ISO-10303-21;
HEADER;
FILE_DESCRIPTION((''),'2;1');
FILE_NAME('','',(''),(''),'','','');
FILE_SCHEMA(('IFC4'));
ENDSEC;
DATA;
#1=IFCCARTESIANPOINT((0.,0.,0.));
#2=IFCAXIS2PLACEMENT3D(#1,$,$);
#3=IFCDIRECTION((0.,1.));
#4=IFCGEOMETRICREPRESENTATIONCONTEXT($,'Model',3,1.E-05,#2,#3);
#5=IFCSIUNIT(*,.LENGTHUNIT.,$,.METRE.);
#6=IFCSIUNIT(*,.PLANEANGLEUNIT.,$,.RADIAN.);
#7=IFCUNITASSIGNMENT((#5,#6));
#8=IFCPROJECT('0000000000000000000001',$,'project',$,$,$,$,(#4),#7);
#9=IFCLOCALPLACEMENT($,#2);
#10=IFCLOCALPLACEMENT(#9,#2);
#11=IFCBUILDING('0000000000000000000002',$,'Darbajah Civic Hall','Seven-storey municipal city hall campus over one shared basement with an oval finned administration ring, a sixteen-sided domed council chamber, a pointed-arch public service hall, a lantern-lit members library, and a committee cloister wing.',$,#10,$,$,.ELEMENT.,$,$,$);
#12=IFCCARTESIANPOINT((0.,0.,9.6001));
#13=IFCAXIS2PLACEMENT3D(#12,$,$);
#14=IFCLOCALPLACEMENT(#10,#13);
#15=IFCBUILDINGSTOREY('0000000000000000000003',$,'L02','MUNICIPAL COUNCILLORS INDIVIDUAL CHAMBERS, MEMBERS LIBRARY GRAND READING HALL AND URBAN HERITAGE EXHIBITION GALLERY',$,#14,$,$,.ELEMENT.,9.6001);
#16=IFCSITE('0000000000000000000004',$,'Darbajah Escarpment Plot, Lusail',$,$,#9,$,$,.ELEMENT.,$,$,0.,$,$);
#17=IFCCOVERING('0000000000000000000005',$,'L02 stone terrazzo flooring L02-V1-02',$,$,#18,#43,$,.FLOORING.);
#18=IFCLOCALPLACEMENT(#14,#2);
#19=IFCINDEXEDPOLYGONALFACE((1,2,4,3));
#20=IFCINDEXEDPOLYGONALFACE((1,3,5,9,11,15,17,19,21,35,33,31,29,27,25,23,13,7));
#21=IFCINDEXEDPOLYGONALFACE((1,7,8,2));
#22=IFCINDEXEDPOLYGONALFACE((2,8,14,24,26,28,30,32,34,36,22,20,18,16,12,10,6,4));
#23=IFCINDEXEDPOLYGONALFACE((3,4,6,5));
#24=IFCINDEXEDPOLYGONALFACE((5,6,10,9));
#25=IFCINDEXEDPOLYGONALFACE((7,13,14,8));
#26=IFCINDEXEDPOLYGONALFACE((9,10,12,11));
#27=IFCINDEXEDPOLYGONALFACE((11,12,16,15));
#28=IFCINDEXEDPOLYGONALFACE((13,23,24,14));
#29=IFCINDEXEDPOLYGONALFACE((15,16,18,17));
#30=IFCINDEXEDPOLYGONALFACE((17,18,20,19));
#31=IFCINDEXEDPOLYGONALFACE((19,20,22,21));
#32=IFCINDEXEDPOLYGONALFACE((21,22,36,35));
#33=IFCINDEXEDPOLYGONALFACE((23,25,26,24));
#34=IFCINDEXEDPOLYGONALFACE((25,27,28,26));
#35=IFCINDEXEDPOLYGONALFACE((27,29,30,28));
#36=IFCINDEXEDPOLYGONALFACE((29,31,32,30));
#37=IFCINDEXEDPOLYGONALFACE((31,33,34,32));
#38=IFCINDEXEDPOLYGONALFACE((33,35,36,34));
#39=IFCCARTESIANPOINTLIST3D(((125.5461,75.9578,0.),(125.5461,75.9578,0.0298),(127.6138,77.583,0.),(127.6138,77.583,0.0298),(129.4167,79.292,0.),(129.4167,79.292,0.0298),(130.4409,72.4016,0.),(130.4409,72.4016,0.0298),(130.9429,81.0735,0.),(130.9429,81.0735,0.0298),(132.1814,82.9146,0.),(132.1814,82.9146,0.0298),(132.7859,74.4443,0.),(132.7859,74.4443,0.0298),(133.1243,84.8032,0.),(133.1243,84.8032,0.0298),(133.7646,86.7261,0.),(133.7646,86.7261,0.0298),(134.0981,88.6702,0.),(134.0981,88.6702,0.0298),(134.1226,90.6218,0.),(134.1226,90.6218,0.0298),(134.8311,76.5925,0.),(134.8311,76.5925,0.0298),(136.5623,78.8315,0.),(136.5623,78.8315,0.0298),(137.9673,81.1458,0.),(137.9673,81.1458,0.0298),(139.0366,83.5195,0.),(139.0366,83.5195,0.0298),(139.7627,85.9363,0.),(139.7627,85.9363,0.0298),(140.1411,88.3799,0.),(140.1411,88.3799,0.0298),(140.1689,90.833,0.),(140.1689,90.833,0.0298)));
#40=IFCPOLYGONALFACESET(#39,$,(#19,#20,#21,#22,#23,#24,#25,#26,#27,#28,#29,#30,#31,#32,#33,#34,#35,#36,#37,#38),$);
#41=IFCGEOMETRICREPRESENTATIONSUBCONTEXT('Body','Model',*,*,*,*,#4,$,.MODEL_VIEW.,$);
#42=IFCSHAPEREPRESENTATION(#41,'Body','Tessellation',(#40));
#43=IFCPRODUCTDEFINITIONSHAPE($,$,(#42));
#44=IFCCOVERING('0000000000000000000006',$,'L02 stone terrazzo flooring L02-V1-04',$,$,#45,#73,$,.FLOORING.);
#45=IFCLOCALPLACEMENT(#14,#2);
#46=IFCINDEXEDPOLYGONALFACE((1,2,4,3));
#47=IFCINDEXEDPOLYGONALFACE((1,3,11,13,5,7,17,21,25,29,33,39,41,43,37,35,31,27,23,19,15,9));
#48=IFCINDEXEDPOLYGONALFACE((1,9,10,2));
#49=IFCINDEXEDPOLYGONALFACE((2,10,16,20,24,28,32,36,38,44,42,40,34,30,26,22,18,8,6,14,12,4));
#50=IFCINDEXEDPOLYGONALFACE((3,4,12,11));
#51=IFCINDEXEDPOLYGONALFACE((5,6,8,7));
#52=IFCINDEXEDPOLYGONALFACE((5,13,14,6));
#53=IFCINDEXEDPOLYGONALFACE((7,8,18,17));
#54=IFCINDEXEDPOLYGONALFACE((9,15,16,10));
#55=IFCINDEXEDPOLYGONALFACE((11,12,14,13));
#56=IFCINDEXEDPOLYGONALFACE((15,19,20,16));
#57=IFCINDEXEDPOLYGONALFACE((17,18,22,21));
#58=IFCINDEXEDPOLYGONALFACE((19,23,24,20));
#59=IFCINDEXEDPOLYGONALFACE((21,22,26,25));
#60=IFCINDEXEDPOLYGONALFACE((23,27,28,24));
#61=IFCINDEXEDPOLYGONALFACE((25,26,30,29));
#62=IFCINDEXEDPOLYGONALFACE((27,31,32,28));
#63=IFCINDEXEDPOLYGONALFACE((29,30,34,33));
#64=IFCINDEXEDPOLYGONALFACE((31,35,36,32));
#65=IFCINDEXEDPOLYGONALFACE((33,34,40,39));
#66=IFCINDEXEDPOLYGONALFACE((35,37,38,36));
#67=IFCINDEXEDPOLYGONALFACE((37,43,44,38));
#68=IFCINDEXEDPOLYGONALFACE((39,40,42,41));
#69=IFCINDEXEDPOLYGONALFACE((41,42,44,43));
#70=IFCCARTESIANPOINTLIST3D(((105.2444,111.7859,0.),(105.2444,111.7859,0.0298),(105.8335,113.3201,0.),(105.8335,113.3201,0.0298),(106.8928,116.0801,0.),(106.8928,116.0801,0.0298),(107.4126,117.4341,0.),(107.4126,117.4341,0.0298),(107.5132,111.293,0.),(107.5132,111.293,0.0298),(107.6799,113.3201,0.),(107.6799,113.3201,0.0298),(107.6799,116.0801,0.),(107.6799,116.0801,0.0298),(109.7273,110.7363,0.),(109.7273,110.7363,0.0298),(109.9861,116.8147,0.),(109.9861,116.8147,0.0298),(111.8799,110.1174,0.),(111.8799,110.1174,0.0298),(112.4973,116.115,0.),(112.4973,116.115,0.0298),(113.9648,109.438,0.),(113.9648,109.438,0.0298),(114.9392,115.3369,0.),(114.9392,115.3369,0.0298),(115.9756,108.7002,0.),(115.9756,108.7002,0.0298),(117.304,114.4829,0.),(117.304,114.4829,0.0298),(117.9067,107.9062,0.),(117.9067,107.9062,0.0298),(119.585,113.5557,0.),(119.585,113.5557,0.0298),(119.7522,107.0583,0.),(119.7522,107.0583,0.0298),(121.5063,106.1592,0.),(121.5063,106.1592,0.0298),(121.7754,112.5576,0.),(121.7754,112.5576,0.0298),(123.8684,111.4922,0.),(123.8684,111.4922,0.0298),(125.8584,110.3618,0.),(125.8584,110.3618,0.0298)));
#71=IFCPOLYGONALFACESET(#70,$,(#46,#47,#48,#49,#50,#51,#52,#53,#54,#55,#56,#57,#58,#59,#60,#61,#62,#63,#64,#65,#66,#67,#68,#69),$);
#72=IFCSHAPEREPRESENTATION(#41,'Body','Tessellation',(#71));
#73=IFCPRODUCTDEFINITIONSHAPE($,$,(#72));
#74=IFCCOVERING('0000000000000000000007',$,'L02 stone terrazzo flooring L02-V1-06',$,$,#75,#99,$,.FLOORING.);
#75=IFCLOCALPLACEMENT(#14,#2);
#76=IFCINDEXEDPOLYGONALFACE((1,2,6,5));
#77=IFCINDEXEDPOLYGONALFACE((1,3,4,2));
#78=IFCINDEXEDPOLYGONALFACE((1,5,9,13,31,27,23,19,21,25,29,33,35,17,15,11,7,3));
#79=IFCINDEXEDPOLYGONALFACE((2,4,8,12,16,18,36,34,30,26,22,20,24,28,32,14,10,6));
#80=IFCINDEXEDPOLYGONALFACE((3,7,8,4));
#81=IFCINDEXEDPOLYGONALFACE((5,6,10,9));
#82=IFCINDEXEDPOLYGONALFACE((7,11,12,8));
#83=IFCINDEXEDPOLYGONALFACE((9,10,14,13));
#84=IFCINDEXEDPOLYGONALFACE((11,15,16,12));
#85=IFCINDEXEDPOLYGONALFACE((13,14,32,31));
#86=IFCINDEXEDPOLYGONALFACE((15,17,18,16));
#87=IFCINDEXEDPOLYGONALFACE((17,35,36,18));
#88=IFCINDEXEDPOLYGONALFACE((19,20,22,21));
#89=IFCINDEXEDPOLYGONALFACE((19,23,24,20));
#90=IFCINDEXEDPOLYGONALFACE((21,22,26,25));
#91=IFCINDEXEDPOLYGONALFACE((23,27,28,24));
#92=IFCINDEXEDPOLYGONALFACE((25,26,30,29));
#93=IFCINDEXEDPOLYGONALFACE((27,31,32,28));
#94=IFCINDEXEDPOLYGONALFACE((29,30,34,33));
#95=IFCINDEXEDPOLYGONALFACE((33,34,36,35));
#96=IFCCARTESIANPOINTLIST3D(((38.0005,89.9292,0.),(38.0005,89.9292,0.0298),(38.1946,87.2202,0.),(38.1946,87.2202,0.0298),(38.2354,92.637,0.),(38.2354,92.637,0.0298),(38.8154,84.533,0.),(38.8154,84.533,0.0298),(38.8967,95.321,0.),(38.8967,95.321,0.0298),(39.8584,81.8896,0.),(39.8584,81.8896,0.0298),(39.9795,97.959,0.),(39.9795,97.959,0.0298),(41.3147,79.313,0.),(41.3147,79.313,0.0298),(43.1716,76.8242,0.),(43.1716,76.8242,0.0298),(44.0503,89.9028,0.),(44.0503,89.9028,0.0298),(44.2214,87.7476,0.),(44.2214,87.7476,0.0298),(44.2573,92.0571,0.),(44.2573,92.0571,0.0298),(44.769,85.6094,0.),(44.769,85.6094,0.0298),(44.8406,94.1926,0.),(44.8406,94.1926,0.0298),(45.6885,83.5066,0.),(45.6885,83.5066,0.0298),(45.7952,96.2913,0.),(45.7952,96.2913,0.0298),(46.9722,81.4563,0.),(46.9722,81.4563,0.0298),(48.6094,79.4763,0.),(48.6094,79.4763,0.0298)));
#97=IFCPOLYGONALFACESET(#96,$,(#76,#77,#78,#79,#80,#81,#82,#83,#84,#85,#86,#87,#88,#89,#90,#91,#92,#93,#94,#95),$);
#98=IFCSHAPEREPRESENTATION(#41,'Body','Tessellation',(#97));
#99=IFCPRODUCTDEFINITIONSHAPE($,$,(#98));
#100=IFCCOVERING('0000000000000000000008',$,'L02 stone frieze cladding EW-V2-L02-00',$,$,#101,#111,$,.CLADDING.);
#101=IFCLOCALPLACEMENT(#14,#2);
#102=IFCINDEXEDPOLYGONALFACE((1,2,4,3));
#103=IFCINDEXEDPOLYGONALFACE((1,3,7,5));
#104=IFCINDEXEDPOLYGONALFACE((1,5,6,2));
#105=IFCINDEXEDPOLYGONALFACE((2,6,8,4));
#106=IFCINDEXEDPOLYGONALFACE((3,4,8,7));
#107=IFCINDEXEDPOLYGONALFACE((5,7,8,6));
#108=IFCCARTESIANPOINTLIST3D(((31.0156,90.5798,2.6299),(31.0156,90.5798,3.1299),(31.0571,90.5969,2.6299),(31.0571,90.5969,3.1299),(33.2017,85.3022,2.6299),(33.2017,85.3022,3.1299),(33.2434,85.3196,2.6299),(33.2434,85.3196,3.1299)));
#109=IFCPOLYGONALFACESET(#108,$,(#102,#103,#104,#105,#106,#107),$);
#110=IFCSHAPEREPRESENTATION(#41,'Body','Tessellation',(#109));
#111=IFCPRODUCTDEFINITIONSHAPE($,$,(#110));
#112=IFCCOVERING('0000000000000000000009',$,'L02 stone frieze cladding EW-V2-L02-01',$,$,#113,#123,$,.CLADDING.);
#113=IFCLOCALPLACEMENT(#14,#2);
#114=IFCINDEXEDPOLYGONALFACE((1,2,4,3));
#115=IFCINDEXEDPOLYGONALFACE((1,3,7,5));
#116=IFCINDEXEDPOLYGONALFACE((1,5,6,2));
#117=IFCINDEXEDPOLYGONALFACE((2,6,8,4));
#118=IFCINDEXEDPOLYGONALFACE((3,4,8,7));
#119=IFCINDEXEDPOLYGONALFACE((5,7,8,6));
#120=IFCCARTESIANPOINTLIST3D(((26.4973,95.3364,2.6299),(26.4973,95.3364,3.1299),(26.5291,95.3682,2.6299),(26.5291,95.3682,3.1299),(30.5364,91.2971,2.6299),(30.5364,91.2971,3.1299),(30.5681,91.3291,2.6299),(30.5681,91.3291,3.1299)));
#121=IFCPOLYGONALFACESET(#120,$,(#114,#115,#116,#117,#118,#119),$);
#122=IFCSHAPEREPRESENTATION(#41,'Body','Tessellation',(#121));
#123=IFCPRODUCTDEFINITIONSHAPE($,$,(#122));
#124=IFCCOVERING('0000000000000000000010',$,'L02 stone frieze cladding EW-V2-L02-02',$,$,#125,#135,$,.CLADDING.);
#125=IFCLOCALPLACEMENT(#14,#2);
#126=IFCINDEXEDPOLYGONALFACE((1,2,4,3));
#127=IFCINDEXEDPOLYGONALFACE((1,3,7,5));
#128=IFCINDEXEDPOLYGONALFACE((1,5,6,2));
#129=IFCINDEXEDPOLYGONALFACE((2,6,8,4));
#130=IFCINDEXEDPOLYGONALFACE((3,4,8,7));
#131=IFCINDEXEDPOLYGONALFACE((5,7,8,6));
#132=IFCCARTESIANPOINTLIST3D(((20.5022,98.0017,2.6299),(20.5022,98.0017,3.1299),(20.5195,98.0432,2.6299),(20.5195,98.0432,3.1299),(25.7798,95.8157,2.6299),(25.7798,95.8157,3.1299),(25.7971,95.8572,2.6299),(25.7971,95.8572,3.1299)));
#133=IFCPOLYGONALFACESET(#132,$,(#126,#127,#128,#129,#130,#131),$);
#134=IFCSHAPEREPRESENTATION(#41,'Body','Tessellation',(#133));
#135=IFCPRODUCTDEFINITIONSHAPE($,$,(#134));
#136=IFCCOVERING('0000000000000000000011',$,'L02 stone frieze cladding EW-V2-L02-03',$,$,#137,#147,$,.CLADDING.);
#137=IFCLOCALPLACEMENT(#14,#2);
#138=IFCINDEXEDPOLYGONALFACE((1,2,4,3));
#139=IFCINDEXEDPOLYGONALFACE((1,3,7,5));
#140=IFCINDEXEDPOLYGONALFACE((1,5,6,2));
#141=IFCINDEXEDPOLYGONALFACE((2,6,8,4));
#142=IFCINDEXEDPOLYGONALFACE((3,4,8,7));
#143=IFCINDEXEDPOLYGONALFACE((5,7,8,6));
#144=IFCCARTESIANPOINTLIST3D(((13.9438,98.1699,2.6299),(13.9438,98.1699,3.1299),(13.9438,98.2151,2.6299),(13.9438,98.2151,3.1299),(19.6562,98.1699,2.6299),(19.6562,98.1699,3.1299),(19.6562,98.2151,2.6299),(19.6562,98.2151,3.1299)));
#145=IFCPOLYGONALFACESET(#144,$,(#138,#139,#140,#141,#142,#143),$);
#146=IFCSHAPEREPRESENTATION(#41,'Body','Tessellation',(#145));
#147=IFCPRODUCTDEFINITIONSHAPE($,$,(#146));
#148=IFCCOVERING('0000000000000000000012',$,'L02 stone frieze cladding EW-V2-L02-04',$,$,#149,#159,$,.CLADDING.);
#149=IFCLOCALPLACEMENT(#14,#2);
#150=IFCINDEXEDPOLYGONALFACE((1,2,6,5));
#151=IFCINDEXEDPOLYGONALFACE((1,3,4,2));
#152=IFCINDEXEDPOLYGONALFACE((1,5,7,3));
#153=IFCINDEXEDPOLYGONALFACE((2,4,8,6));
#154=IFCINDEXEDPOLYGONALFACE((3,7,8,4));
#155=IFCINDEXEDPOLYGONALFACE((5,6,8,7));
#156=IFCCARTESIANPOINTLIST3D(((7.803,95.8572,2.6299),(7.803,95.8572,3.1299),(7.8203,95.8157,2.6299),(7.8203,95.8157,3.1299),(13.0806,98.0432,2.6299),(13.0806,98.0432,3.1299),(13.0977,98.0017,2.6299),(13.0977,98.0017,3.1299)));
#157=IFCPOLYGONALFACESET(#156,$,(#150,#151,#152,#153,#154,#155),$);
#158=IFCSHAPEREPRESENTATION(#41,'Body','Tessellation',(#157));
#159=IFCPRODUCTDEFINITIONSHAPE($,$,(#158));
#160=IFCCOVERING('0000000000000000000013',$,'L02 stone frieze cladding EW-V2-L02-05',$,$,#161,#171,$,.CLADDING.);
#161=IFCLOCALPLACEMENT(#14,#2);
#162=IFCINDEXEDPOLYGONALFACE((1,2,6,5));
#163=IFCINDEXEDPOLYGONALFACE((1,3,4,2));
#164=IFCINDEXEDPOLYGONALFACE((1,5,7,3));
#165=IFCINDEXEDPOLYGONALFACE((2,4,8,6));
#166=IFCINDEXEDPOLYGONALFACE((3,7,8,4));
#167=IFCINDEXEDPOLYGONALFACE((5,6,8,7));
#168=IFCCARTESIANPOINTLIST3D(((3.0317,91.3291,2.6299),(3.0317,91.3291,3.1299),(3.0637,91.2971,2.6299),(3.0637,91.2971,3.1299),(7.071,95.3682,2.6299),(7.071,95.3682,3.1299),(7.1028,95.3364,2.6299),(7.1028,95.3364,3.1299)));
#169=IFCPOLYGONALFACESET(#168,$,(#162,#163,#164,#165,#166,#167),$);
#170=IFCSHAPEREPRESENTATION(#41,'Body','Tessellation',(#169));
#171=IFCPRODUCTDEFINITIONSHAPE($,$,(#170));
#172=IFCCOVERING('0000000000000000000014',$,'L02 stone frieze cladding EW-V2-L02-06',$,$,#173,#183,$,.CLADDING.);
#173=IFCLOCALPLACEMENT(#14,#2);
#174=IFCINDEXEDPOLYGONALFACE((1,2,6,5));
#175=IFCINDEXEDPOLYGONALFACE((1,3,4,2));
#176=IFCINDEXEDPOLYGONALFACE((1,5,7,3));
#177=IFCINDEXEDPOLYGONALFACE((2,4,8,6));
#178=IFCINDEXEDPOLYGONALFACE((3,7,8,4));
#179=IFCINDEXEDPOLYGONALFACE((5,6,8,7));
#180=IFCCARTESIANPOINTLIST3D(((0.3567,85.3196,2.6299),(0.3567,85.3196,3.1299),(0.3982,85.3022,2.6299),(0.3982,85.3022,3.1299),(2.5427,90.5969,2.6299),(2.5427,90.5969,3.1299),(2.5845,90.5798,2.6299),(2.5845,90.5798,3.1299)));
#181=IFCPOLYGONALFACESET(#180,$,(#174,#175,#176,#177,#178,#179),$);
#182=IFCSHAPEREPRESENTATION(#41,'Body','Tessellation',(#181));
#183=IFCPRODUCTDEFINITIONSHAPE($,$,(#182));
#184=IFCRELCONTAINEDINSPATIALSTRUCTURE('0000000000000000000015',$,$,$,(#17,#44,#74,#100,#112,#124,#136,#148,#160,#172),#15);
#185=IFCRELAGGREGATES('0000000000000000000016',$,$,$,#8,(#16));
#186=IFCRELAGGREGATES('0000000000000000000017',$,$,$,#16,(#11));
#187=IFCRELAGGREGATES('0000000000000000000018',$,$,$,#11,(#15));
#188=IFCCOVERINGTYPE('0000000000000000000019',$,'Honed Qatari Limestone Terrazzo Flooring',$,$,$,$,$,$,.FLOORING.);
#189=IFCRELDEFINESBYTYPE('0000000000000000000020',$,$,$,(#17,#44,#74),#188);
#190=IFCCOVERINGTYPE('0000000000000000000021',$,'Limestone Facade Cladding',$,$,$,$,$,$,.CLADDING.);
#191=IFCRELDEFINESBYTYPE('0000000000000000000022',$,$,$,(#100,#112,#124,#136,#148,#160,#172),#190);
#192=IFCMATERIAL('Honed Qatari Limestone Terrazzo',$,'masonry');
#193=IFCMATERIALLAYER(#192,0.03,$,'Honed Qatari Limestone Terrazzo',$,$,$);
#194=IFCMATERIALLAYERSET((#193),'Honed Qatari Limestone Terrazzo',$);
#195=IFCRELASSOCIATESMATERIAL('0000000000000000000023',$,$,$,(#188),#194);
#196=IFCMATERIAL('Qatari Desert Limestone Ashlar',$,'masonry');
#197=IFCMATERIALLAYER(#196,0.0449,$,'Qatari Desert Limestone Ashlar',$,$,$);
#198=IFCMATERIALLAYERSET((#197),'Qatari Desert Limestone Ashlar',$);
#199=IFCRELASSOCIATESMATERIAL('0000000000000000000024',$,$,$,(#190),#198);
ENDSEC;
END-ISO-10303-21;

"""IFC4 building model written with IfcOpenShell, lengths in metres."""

from ifc_helpers import new_model, si_unit, direction, frame, origin, place, context, subcontext, project, spatial, polyline, outline, extrude, material, layer, layer_set, type_object, element, save


model = new_model("IFC4")

# Units and contexts
model_context = context("Model", 3, precision=1e-05, world=origin(), true_north=direction((0.0, 1.0)))
body_context = subcontext(model_context, "Body", "Model", "MODEL_VIEW")
ifc_project = project(units=[si_unit("LENGTHUNIT", "METRE"), si_unit("PLANEANGLEUNIT", "RADIAN")], contexts=[model_context])

# Site, building, storey
site_placement = place(None, origin())
site = spatial("IfcSite", under=ifc_project, at=site_placement, Name="Darbajah Escarpment Plot, Lusail", CompositionType="ELEMENT", RefElevation=0.0)
building_placement = place(site_placement, origin())
building = spatial("IfcBuilding", under=site, at=building_placement, Name="Darbajah Civic Hall", Description="Seven-storey municipal city hall campus over one shared basement with an oval finned administration ring, a sixteen-sided domed council chamber, a pointed-arch public service hall, a lantern-lit members library, and a committee cloister wing.", CompositionType="ELEMENT")
storey_placement = place(building_placement, frame((0.0, 0.0, 9.6001)))
storey = spatial("IfcBuildingStorey", under=building, at=storey_placement, Name="L02", Description="MUNICIPAL COUNCILLORS INDIVIDUAL CHAMBERS, MEMBERS LIBRARY GRAND READING HALL AND URBAN HERITAGE EXHIBITION GALLERY", CompositionType="ELEMENT", Elevation=9.6001)

# Coverings
ifc_material_1 = material(Name="Honed Qatari Limestone Terrazzo", Category="masonry")
ifc_layer_1 = layer(ifc_material_1, 0.03, Name="Honed Qatari Limestone Terrazzo")
ifc_layer_set_1 = layer_set([ifc_layer_1], Name="Honed Qatari Limestone Terrazzo")
covering_type_1 = type_object("IfcCoveringType", Name="Honed Qatari Limestone Terrazzo Flooring", PredefinedType="FLOORING", material=ifc_layer_set_1)
covering_1_placement = place(storey_placement, origin())
element("IfcCovering", 1, at=covering_1_placement, inside=storey, type_object=covering_type_1, Name="L02 stone terrazzo flooring L02-V1-02", PredefinedType="FLOORING", context=body_context, shape_type="SweptSolid", body=[
    extrude(outline(polyline([(130.4409, 72.4016), (132.7859, 74.4443), (134.8311, 76.5925), (136.5623, 78.8315), (137.9673, 81.1458), (139.0366, 83.5195), (139.7627, 85.9363), (140.1411, 88.3799), (140.1689, 90.833), (134.1226, 90.6218), (134.0981, 88.6702), (133.7646, 86.7261), (133.1243, 84.8032), (132.1814, 82.9146), (130.9429, 81.0735), (129.4167, 79.292), (127.6138, 77.583), (125.5461, 75.9578), (130.4409, 72.4016)])), origin(), (0.0, 0.0, 1.0), 0.0298),
])
covering_2_placement = place(storey_placement, origin())
element("IfcCovering", 2, at=covering_2_placement, inside=storey, type_object=covering_type_1, Name="L02 stone terrazzo flooring L02-V1-04", PredefinedType="FLOORING", context=body_context, shape_type="SweptSolid", body=[
    extrude(outline(polyline([(121.5063, 106.1592), (119.7522, 107.0583), (117.9067, 107.9062), (115.9756, 108.7002), (113.9648, 109.438), (111.8799, 110.1174), (109.7273, 110.7363), (107.5132, 111.293), (105.2444, 111.7859), (105.8335, 113.3201), (107.6799, 113.3201), (107.6799, 116.0801), (106.8928, 116.0801), (107.4126, 117.4341), (109.9861, 116.8147), (112.4973, 116.115), (114.9392, 115.3369), (117.304, 114.4829), (119.585, 113.5557), (121.7754, 112.5576), (123.8684, 111.4922), (125.8584, 110.3618), (121.5063, 106.1592)])), origin(), (0.0, 0.0, 1.0), 0.0298),
])
covering_3_placement = place(storey_placement, origin())
element("IfcCovering", 3, at=covering_3_placement, inside=storey, type_object=covering_type_1, Name="L02 stone terrazzo flooring L02-V1-06", PredefinedType="FLOORING", context=body_context, shape_type="SweptSolid", body=[
    extrude(outline(polyline([(39.9795, 97.959), (38.8967, 95.321), (38.2354, 92.637), (38.0005, 89.9292), (38.1946, 87.2202), (38.8154, 84.533), (39.8584, 81.8896), (41.3147, 79.313), (43.1716, 76.8242), (48.6094, 79.4763), (46.9722, 81.4563), (45.6885, 83.5066), (44.769, 85.6094), (44.2214, 87.7476), (44.0503, 89.9028), (44.2573, 92.0571), (44.8406, 94.1926), (45.7952, 96.2913), (39.9795, 97.959)])), origin(), (0.0, 0.0, 1.0), 0.0298),
])
ifc_material_2 = material(Name="Qatari Desert Limestone Ashlar", Category="masonry")
ifc_layer_2 = layer(ifc_material_2, 0.0449, Name="Qatari Desert Limestone Ashlar")
ifc_layer_set_2 = layer_set([ifc_layer_2], Name="Qatari Desert Limestone Ashlar")
covering_type_2 = type_object("IfcCoveringType", Name="Limestone Facade Cladding", PredefinedType="CLADDING", material=ifc_layer_set_2)
covering_4_placement = place(storey_placement, frame((0.0, 0.0, 2.6299)))
element("IfcCovering", 4, at=covering_4_placement, inside=storey, type_object=covering_type_2, Name="L02 stone frieze cladding EW-V2-L02-00", PredefinedType="CLADDING", context=body_context, shape_type="SweptSolid", body=[
    extrude(outline(polyline([(33.2017, 85.3022), (31.0156, 90.5798), (31.0571, 90.5969), (33.2434, 85.3196), (33.2017, 85.3022)])), origin(), (0.0, 0.0, 1.0), 0.5),
])
covering_5_placement = place(storey_placement, frame((0.0, 0.0, 2.6299)))
element("IfcCovering", 5, at=covering_5_placement, inside=storey, type_object=covering_type_2, Name="L02 stone frieze cladding EW-V2-L02-01", PredefinedType="CLADDING", context=body_context, shape_type="SweptSolid", body=[
    extrude(outline(polyline([(30.5364, 91.2971), (26.4973, 95.3364), (26.5291, 95.3682), (30.5681, 91.3291), (30.5364, 91.2971)])), origin(), (0.0, 0.0, 1.0), 0.5),
])
covering_6_placement = place(storey_placement, frame((0.0, 0.0, 2.6299)))
element("IfcCovering", 6, at=covering_6_placement, inside=storey, type_object=covering_type_2, Name="L02 stone frieze cladding EW-V2-L02-02", PredefinedType="CLADDING", context=body_context, shape_type="SweptSolid", body=[
    extrude(outline(polyline([(25.7798, 95.8157), (20.5022, 98.0017), (20.5195, 98.0432), (25.7971, 95.8572), (25.7798, 95.8157)])), origin(), (0.0, 0.0, 1.0), 0.5),
])
covering_7_placement = place(storey_placement, frame((0.0, 0.0, 2.6299)))
element("IfcCovering", 7, at=covering_7_placement, inside=storey, type_object=covering_type_2, Name="L02 stone frieze cladding EW-V2-L02-03", PredefinedType="CLADDING", context=body_context, shape_type="SweptSolid", body=[
    extrude(outline(polyline([(19.6562, 98.1699), (13.9438, 98.1699), (13.9438, 98.2151), (19.6562, 98.2151), (19.6562, 98.1699)])), origin(), (0.0, 0.0, 1.0), 0.5),
])
covering_8_placement = place(storey_placement, frame((0.0, 0.0, 2.6299)))
element("IfcCovering", 8, at=covering_8_placement, inside=storey, type_object=covering_type_2, Name="L02 stone frieze cladding EW-V2-L02-04", PredefinedType="CLADDING", context=body_context, shape_type="SweptSolid", body=[
    extrude(outline(polyline([(13.0977, 98.0017), (7.8203, 95.8157), (7.803, 95.8572), (13.0806, 98.0432), (13.0977, 98.0017)])), origin(), (0.0, 0.0, 1.0), 0.5),
])
covering_9_placement = place(storey_placement, frame((0.0, 0.0, 2.6299)))
element("IfcCovering", 9, at=covering_9_placement, inside=storey, type_object=covering_type_2, Name="L02 stone frieze cladding EW-V2-L02-05", PredefinedType="CLADDING", context=body_context, shape_type="SweptSolid", body=[
    extrude(outline(polyline([(7.1028, 95.3364), (3.0637, 91.2971), (3.0317, 91.3291), (7.071, 95.3682), (7.1028, 95.3364)])), origin(), (0.0, 0.0, 1.0), 0.5),
])
covering_10_placement = place(storey_placement, frame((0.0, 0.0, 2.6299)))
element("IfcCovering", 10, at=covering_10_placement, inside=storey, type_object=covering_type_2, Name="L02 stone frieze cladding EW-V2-L02-06", PredefinedType="CLADDING", context=body_context, shape_type="SweptSolid", body=[
    extrude(outline(polyline([(2.5845, 90.5798), (0.3982, 85.3022), (0.3567, 85.3196), (2.5427, 90.5969), (2.5845, 90.5798)])), origin(), (0.0, 0.0, 1.0), 0.5),
])

save(model, "model.ifc")
